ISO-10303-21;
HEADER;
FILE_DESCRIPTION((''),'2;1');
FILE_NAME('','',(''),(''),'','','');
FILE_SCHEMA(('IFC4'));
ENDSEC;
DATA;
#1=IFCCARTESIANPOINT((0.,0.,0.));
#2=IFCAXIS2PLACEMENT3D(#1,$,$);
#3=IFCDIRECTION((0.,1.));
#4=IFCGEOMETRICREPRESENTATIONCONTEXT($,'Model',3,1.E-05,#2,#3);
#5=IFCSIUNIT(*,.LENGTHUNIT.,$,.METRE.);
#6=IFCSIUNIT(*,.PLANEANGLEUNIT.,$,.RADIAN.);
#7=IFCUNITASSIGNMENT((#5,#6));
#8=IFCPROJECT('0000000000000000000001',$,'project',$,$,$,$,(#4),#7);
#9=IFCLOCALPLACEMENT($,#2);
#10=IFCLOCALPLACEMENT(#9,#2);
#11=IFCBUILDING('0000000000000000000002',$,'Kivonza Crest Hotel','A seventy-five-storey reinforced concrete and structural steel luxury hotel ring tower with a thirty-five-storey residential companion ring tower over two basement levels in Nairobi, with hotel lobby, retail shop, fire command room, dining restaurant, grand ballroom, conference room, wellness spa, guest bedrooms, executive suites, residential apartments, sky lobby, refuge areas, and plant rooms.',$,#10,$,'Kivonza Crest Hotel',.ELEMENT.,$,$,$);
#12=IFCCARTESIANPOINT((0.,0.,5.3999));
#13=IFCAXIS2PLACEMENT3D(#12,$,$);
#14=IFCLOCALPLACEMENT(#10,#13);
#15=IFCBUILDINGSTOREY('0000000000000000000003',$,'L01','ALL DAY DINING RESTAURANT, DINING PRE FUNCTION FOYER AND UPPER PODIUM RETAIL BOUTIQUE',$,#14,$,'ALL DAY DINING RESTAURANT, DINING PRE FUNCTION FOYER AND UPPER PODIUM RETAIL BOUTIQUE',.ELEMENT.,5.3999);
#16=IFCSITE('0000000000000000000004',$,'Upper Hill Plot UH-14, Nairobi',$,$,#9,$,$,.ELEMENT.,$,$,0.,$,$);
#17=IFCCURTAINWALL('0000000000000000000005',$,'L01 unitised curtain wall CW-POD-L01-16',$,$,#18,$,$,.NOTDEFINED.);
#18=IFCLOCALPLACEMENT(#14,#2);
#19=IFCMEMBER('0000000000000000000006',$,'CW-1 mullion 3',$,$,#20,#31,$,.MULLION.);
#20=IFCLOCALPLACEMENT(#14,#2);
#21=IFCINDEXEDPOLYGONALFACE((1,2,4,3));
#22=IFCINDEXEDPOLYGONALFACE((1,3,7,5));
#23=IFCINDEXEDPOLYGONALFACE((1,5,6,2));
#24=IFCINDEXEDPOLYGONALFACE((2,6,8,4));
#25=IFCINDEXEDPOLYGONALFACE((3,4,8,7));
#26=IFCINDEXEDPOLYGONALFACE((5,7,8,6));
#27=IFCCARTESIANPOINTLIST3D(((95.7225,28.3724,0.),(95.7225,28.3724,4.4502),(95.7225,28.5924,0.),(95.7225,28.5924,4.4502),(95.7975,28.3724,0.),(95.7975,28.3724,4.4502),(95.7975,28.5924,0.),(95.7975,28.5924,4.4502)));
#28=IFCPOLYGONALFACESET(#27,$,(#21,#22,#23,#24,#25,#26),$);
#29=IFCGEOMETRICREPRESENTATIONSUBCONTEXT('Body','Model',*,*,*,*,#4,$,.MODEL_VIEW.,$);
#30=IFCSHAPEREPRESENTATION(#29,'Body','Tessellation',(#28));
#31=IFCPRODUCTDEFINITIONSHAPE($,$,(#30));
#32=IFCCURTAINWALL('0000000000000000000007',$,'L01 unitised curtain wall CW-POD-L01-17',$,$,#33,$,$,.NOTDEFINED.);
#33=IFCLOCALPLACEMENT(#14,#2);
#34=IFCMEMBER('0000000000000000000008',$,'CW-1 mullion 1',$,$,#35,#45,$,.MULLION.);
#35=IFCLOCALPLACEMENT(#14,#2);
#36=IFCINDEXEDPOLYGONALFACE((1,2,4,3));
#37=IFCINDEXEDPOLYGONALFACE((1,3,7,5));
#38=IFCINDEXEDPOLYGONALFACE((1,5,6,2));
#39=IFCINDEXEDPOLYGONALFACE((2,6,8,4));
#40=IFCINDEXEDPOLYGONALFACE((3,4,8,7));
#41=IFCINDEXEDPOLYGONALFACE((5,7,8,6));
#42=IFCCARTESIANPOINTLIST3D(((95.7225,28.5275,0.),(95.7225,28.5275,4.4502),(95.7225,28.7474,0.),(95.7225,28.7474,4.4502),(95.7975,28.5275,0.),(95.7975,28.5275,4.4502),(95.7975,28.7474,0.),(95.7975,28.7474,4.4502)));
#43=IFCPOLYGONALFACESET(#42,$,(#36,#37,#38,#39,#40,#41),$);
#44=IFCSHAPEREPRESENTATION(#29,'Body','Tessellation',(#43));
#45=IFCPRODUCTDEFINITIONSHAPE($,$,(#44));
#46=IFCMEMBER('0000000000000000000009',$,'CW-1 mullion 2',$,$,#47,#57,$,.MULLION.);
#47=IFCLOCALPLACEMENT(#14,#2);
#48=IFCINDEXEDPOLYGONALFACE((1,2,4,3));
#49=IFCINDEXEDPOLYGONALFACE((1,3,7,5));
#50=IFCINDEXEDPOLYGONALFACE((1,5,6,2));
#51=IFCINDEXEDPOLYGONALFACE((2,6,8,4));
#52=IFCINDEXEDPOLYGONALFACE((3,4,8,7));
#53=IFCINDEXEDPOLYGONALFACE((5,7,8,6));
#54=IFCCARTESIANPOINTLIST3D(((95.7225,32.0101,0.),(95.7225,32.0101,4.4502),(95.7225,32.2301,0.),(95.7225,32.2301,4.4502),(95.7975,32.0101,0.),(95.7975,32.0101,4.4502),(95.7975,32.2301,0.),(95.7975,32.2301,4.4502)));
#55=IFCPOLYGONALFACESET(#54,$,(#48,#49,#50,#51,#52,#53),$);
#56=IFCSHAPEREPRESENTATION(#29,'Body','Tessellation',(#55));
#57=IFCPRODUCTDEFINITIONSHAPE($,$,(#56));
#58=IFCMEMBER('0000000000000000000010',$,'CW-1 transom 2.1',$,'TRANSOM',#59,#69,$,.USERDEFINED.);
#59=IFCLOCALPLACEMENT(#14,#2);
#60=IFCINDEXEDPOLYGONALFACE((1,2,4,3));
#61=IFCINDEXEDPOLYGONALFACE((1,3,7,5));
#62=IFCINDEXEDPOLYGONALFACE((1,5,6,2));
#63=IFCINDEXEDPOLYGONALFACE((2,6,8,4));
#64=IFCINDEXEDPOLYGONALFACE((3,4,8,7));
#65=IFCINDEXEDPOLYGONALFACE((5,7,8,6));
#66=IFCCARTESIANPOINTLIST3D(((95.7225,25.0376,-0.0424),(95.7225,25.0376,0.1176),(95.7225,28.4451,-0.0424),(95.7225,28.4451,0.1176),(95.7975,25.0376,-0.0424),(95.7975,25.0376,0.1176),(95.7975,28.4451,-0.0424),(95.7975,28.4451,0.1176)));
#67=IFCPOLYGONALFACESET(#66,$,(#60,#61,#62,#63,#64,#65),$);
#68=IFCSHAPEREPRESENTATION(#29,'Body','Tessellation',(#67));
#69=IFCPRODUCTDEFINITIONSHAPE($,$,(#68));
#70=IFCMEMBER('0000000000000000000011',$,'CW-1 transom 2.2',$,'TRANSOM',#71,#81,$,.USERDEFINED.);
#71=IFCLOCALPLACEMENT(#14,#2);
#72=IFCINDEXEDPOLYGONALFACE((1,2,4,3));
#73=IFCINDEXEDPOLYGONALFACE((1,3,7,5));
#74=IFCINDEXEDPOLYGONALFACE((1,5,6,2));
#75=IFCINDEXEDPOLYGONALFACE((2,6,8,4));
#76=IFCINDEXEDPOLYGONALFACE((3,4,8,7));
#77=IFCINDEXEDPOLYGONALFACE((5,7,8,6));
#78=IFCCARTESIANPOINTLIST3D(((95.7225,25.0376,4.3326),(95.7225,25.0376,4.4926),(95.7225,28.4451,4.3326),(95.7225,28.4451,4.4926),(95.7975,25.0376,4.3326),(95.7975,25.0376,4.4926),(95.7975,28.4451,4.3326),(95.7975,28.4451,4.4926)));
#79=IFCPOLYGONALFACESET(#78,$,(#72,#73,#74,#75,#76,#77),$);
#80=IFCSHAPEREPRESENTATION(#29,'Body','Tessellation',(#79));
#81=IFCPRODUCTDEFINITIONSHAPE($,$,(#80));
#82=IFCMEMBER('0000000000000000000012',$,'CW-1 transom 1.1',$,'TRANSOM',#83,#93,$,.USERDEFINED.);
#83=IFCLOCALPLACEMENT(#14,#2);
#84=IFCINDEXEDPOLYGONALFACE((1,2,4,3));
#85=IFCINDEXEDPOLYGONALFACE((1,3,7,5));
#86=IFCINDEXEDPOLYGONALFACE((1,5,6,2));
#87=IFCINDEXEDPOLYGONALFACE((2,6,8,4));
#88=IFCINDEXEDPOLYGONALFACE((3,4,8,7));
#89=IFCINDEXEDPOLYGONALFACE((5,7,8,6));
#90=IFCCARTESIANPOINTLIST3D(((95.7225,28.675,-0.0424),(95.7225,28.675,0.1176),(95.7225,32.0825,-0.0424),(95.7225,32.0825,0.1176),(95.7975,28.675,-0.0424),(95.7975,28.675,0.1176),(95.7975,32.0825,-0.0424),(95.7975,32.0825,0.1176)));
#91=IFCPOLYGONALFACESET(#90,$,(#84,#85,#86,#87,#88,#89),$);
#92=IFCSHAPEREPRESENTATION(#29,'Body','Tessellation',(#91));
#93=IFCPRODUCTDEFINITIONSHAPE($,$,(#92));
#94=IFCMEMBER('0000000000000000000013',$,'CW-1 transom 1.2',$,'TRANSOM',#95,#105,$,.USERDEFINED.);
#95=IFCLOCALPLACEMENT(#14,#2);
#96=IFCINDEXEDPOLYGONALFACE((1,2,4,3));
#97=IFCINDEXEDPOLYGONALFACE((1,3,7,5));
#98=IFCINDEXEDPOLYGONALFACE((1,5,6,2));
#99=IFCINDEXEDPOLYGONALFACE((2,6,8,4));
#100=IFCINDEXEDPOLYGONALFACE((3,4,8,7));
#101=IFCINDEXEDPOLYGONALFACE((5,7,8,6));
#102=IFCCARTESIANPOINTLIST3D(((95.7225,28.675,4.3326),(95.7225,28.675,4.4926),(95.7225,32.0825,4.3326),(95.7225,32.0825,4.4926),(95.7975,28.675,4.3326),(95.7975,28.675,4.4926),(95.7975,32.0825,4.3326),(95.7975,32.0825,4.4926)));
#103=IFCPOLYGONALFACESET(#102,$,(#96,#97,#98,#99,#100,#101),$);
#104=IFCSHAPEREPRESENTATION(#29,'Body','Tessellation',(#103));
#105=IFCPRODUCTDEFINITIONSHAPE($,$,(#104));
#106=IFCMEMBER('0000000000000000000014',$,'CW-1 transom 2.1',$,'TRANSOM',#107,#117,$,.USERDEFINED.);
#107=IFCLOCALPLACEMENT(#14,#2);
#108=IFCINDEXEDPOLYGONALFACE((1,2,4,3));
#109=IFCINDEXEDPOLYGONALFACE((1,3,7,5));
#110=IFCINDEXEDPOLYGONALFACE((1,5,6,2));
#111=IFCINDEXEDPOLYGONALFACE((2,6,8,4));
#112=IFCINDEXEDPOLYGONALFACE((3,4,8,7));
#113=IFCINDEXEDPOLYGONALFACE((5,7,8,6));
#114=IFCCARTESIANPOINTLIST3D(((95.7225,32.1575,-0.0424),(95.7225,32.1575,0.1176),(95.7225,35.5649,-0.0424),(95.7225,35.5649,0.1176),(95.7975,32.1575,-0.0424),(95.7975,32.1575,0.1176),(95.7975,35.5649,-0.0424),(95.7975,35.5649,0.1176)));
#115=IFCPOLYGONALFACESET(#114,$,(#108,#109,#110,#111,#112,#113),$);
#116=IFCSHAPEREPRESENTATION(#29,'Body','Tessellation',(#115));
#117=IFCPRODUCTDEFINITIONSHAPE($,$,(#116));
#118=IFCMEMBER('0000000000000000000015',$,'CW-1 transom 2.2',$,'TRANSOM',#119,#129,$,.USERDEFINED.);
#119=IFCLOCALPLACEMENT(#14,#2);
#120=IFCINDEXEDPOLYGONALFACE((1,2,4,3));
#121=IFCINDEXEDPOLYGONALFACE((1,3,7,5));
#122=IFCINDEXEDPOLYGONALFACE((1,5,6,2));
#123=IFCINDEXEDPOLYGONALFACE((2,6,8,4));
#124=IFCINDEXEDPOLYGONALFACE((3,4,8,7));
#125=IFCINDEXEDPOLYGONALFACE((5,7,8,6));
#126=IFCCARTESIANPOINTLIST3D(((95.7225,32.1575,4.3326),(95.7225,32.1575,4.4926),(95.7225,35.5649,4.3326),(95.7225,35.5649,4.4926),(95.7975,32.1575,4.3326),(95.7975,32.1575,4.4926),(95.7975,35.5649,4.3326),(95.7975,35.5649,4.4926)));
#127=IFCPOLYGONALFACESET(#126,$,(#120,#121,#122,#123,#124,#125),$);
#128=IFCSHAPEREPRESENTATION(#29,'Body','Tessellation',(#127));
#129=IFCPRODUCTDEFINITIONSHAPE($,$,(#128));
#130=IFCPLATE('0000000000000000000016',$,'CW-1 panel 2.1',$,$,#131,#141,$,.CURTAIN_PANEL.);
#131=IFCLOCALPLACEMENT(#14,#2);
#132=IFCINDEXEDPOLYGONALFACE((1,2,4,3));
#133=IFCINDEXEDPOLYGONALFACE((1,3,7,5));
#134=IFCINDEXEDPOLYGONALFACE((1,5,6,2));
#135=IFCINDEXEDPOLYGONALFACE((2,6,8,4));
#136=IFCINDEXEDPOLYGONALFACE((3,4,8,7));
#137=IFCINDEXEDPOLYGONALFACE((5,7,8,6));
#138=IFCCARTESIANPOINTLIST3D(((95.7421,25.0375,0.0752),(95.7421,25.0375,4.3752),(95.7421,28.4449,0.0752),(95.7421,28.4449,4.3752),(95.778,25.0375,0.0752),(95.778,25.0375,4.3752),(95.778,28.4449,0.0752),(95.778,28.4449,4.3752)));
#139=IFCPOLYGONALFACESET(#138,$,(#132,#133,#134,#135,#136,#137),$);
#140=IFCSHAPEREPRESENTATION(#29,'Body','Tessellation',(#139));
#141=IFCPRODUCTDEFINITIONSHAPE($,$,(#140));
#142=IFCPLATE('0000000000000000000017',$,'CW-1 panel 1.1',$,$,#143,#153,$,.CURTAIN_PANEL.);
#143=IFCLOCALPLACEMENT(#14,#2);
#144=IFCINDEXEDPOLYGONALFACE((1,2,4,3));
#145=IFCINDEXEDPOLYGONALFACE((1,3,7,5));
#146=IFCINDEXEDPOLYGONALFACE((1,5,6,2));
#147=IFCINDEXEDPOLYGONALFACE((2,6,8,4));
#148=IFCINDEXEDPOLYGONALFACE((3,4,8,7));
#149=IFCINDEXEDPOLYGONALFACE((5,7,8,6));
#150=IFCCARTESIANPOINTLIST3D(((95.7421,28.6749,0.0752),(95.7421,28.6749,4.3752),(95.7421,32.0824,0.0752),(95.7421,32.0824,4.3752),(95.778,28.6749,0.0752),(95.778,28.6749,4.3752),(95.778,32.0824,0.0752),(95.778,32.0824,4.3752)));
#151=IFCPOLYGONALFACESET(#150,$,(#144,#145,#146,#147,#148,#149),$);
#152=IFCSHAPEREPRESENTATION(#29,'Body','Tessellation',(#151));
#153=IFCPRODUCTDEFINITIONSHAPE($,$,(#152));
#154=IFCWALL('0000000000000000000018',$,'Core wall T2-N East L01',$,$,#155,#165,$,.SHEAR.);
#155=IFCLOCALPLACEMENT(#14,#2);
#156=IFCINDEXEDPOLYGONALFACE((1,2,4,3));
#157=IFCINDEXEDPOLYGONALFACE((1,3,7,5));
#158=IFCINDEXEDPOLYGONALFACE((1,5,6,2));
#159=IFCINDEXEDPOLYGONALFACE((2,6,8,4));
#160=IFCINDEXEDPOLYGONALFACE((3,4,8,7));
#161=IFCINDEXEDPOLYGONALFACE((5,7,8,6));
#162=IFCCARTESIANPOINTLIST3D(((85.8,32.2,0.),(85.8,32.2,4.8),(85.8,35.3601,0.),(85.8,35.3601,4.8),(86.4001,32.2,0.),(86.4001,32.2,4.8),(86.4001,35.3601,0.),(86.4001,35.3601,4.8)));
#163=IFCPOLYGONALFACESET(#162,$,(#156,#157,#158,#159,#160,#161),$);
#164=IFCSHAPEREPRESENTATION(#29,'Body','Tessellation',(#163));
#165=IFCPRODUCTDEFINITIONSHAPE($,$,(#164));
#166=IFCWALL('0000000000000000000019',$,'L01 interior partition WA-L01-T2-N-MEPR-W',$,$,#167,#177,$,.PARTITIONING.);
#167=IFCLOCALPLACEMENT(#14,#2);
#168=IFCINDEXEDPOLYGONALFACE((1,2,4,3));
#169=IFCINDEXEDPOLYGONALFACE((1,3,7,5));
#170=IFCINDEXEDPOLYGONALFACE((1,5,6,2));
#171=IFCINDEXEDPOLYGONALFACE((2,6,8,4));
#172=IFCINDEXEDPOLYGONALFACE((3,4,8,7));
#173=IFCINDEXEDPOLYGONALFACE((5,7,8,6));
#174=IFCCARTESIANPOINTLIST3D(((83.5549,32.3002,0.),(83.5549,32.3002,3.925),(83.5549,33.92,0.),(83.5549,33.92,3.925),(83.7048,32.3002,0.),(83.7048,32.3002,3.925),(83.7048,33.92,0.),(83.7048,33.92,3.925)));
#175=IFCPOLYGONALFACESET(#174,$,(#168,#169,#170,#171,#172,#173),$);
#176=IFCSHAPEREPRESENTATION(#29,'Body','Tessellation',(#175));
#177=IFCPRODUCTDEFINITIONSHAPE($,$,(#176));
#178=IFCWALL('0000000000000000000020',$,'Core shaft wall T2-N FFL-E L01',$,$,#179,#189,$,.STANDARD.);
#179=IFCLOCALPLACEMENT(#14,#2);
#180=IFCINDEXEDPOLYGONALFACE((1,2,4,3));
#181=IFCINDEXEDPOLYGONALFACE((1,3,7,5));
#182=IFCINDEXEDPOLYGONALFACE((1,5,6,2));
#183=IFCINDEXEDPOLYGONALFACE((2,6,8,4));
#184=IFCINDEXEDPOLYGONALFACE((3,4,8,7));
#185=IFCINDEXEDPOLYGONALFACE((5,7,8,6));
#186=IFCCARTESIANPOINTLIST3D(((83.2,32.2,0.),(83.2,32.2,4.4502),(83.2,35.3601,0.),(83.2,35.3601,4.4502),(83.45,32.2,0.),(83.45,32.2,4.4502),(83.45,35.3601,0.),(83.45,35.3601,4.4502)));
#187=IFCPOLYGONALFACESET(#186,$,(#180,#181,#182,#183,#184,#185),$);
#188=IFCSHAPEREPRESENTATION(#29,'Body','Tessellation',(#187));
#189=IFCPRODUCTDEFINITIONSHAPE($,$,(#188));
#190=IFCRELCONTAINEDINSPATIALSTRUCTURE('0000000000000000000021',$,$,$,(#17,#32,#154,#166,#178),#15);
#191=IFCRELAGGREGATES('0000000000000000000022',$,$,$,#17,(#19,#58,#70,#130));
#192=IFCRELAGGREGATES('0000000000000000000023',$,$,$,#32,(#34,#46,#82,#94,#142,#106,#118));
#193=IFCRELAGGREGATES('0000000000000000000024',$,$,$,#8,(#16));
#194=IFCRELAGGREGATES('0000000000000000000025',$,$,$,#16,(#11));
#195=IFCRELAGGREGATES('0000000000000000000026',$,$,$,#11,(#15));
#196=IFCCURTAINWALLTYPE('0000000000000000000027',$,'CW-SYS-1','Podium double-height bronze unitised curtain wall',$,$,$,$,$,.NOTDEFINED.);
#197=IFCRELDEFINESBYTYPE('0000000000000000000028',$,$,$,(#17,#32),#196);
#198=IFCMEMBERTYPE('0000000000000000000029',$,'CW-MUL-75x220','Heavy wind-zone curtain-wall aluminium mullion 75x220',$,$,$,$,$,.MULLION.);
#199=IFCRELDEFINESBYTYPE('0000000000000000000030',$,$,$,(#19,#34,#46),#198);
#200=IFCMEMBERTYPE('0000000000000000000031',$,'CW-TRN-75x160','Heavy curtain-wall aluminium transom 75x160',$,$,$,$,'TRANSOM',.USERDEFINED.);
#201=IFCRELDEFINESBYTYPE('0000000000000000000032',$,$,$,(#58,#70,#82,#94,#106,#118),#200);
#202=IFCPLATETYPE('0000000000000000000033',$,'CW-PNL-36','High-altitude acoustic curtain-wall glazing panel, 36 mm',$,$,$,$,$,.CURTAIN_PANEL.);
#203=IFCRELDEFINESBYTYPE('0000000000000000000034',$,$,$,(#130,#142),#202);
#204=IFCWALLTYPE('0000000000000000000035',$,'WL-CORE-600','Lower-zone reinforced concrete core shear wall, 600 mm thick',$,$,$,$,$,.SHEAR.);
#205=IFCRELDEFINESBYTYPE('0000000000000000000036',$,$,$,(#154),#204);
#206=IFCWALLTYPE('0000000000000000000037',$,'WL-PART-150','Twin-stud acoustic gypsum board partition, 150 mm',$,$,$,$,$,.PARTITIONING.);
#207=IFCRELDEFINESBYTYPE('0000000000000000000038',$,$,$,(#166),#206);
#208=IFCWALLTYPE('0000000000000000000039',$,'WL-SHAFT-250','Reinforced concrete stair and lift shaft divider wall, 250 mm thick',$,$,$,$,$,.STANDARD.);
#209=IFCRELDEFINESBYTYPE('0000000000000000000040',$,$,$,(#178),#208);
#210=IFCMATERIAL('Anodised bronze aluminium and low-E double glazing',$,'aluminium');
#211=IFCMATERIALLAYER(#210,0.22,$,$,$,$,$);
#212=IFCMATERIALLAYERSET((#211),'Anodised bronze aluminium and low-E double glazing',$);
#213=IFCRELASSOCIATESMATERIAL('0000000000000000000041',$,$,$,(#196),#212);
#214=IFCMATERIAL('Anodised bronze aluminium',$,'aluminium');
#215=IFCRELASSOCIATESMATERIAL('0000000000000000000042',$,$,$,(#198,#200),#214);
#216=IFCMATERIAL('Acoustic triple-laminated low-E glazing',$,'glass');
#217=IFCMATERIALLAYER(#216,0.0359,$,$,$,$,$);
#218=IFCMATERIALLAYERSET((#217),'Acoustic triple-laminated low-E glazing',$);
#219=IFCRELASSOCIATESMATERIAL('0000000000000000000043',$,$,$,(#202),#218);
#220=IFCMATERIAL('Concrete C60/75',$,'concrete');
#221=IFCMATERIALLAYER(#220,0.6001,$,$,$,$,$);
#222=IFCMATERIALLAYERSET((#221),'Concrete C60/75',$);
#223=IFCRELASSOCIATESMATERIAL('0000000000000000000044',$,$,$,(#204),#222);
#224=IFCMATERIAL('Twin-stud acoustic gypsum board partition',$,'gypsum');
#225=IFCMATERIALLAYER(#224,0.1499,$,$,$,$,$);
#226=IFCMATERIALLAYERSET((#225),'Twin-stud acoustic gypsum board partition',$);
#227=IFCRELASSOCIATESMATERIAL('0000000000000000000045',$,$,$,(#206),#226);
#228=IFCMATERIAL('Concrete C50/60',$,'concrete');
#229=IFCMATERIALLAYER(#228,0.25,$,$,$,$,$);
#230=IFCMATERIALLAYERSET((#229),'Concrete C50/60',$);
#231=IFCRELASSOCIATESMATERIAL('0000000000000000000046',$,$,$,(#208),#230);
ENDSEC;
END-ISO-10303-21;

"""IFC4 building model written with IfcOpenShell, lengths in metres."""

from ifc_helpers import new_model, si_unit, direction, frame, frame_2d, origin, origin_2d, place, context, subcontext, project, spatial, rectangle, extrude, material, layer, layer_set, material_profile, profile_set, type_object, element, aggregate, save


model = new_model("IFC4")

# Units and contexts
model_context = context("Model", 3, precision=1e-05, world=origin(), true_north=direction((0.0, 1.0)))
body_context = subcontext(model_context, "Body", "Model", "MODEL_VIEW")
ifc_project = project(units=[si_unit("LENGTHUNIT", "METRE"), si_unit("PLANEANGLEUNIT", "RADIAN")], contexts=[model_context])

# Site, building, storey
site_placement = place(None, origin())
site = spatial("IfcSite", under=ifc_project, at=site_placement, Name="Upper Hill Plot UH-14, Nairobi", CompositionType="ELEMENT", RefElevation=0.0)
building_placement = place(site_placement, origin())
building = spatial("IfcBuilding", under=site, at=building_placement, Name="Kivonza Crest Hotel", Description="A seventy-five-storey reinforced concrete and structural steel luxury hotel ring tower with a thirty-five-storey residential companion ring tower over two basement levels in Nairobi, with hotel lobby, retail shop, fire command room, dining restaurant, grand ballroom, conference room, wellness spa, guest bedrooms, executive suites, residential apartments, sky lobby, refuge areas, and plant rooms.", LongName="Kivonza Crest Hotel", CompositionType="ELEMENT")
storey_placement = place(building_placement, frame((0.0, 0.0, 5.3999)))
storey = spatial("IfcBuildingStorey", under=building, at=storey_placement, Name="L01", Description="ALL DAY DINING RESTAURANT, DINING PRE FUNCTION FOYER AND UPPER PODIUM RETAIL BOUTIQUE", LongName="ALL DAY DINING RESTAURANT, DINING PRE FUNCTION FOYER AND UPPER PODIUM RETAIL BOUTIQUE", CompositionType="ELEMENT", Elevation=5.3999)

# Shared definitions
ifc_material_1 = material(Name="Concrete C60/75", Category="concrete")

# Curtain walls, members
ifc_material_2 = material(Name="Anodised bronze aluminium and low-E double glazing", Category="aluminium")
ifc_layer_1 = layer(ifc_material_2, 0.22)
ifc_layer_set_1 = layer_set([ifc_layer_1], Name="Anodised bronze aluminium and low-E double glazing")
curtain_wall_type = type_object("IfcCurtainWallType", Name="CW-SYS-1", Description="Podium double-height bronze unitised curtain wall", PredefinedType="NOTDEFINED", material=ifc_layer_set_1)
curtain_wall_1_placement = place(storey_placement, origin())
curtain_wall_1 = element("IfcCurtainWall", 1, at=curtain_wall_1_placement, inside=storey, type_object=curtain_wall_type, Name="L01 unitised curtain wall CW-POD-L01-16", PredefinedType="NOTDEFINED")
ifc_material_3 = material(Name="Anodised bronze aluminium", Category="aluminium")
ifc_material_profile_1 = material_profile(ifc_material_3, rectangle(XDim=0.075, YDim=0.22, at=origin_2d()), Name="CW-M 75x220")
ifc_profile_set_1 = profile_set([ifc_material_profile_1], Name="Anodised bronze aluminium")
member_type_1 = type_object("IfcMemberType", Name="CW-MUL-75x220", Description="Heavy wind-zone curtain-wall aluminium mullion 75x220", PredefinedType="MULLION", material=ifc_profile_set_1)
member_1_placement = place(storey_placement, frame((95.76, 28.4824, 0.0), z_axis=(0.0, 0.0, 1.0), x_axis=(-1.0, 0.0, 0.0)))
member_1 = element("IfcMember", 2, at=member_1_placement, type_object=member_type_1, Name="CW-1 mullion 3", PredefinedType="MULLION", context=body_context, shape_type="SweptSolid", body=[
    extrude(rectangle(XDim=0.075, YDim=0.22, at=origin_2d()), origin(), (0.0, 0.0, 1.0), 4.4502),
])
curtain_wall_2_placement = place(storey_placement, origin())
curtain_wall_2 = element("IfcCurtainWall", 3, at=curtain_wall_2_placement, inside=storey, type_object=curtain_wall_type, Name="L01 unitised curtain wall CW-POD-L01-17", PredefinedType="NOTDEFINED")
member_2_placement = place(storey_placement, frame((95.76, 28.6375, 0.0), z_axis=(0.0, 0.0, 1.0), x_axis=(-1.0, 0.0, 0.0)))
member_2 = element("IfcMember", 4, at=member_2_placement, type_object=member_type_1, Name="CW-1 mullion 1", PredefinedType="MULLION", context=body_context, shape_type="SweptSolid", body=[
    extrude(rectangle(XDim=0.075, YDim=0.22, at=origin_2d()), origin(), (0.0, 0.0, 1.0), 4.4502),
])
member_3_placement = place(storey_placement, frame((95.76, 32.1201, 0.0), z_axis=(0.0, 0.0, 1.0), x_axis=(-1.0, 0.0, 0.0)))
member_3 = element("IfcMember", 5, at=member_3_placement, type_object=member_type_1, Name="CW-1 mullion 2", PredefinedType="MULLION", context=body_context, shape_type="SweptSolid", body=[
    extrude(rectangle(XDim=0.075, YDim=0.22, at=origin_2d()), origin(), (0.0, 0.0, 1.0), 4.4502),
])

# Members
ifc_material_profile_2 = material_profile(ifc_material_3, rectangle(XDim=0.075, YDim=0.1599, at=origin_2d()), Name="CW-T 75x160")
ifc_profile_set_2 = profile_set([ifc_material_profile_2], Name="Anodised bronze aluminium")
member_type_2 = type_object("IfcMemberType", Name="CW-TRN-75x160", Description="Heavy curtain-wall aluminium transom 75x160", ElementType="TRANSOM", PredefinedType="USERDEFINED", material=ifc_profile_set_2)
member_4_placement = place(storey_placement, frame((95.76, 25.0376, 0.0376), z_axis=(0.0, 1.0, 0.0), x_axis=(-1.0, 0.0, 0.0)))
member_4 = element("IfcMember", 6, at=member_4_placement, type_object=member_type_2, Name="CW-1 transom 2.1", ObjectType="TRANSOM", PredefinedType="USERDEFINED", context=body_context, shape_type="SweptSolid", body=[
    extrude(rectangle(XDim=0.075, YDim=0.1599, at=origin_2d()), origin(), (0.0, 0.0, 1.0), 3.4075),
])
member_5_placement = place(storey_placement, frame((95.76, 25.0376, 4.4126), z_axis=(0.0, 1.0, 0.0), x_axis=(-1.0, 0.0, 0.0)))
member_5 = element("IfcMember", 7, at=member_5_placement, type_object=member_type_2, Name="CW-1 transom 2.2", ObjectType="TRANSOM", PredefinedType="USERDEFINED", context=body_context, shape_type="SweptSolid", body=[
    extrude(rectangle(XDim=0.075, YDim=0.1599, at=origin_2d()), origin(), (0.0, 0.0, 1.0), 3.4075),
])
member_6_placement = place(storey_placement, frame((95.76, 28.675, 0.0376), z_axis=(0.0, 1.0, 0.0), x_axis=(-1.0, 0.0, 0.0)))
member_6 = element("IfcMember", 8, at=member_6_placement, type_object=member_type_2, Name="CW-1 transom 1.1", ObjectType="TRANSOM", PredefinedType="USERDEFINED", context=body_context, shape_type="SweptSolid", body=[
    extrude(rectangle(XDim=0.075, YDim=0.1599, at=origin_2d()), origin(), (0.0, 0.0, 1.0), 3.4075),
])
member_7_placement = place(storey_placement, frame((95.76, 28.675, 4.4126), z_axis=(0.0, 1.0, 0.0), x_axis=(-1.0, 0.0, 0.0)))
member_7 = element("IfcMember", 9, at=member_7_placement, type_object=member_type_2, Name="CW-1 transom 1.2", ObjectType="TRANSOM", PredefinedType="USERDEFINED", context=body_context, shape_type="SweptSolid", body=[
    extrude(rectangle(XDim=0.075, YDim=0.1599, at=origin_2d()), origin(), (0.0, 0.0, 1.0), 3.4075),
])
member_8_placement = place(storey_placement, frame((95.76, 32.1575, 0.0376), z_axis=(0.0, 1.0, 0.0), x_axis=(-1.0, 0.0, 0.0)))
member_8 = element("IfcMember", 10, at=member_8_placement, type_object=member_type_2, Name="CW-1 transom 2.1", ObjectType="TRANSOM", PredefinedType="USERDEFINED", context=body_context, shape_type="SweptSolid", body=[
    extrude(rectangle(XDim=0.075, YDim=0.1599, at=origin_2d()), origin(), (0.0, 0.0, 1.0), 3.4075),
])
member_9_placement = place(storey_placement, frame((95.76, 32.1575, 4.4126), z_axis=(0.0, 1.0, 0.0), x_axis=(-1.0, 0.0, 0.0)))
member_9 = element("IfcMember", 11, at=member_9_placement, type_object=member_type_2, Name="CW-1 transom 2.2", ObjectType="TRANSOM", PredefinedType="USERDEFINED", context=body_context, shape_type="SweptSolid", body=[
    extrude(rectangle(XDim=0.075, YDim=0.1599, at=origin_2d()), origin(), (0.0, 0.0, 1.0), 3.4075),
])

# Plates
ifc_material_4 = material(Name="Acoustic triple-laminated low-E glazing", Category="glass")
ifc_layer_2 = layer(ifc_material_4, 0.0359)
ifc_layer_set_2 = layer_set([ifc_layer_2], Name="Acoustic triple-laminated low-E glazing")
plate_type = type_object("IfcPlateType", Name="CW-PNL-36", Description="High-altitude acoustic curtain-wall glazing panel, 36 mm", PredefinedType="CURTAIN_PANEL", material=ifc_layer_set_2)
plate_1_placement = place(storey_placement, frame((95.76, 26.7412, 0.0752), z_axis=(0.0, 0.0, 1.0), x_axis=(0.0, 1.0, 0.0)))
plate_1 = element("IfcPlate", 12, at=plate_1_placement, type_object=plate_type, Name="CW-1 panel 2.1", PredefinedType="CURTAIN_PANEL", context=body_context, shape_type="SweptSolid", body=[
    extrude(rectangle(XDim=3.4075, YDim=0.0359, at=origin_2d()), origin(), (0.0, 0.0, 1.0), 4.3),
])
aggregate(curtain_wall_1, [member_1, member_4, member_5, plate_1])
plate_2_placement = place(storey_placement, frame((95.76, 30.3787, 0.0752), z_axis=(0.0, 0.0, 1.0), x_axis=(0.0, 1.0, 0.0)))
plate_2 = element("IfcPlate", 13, at=plate_2_placement, type_object=plate_type, Name="CW-1 panel 1.1", PredefinedType="CURTAIN_PANEL", context=body_context, shape_type="SweptSolid", body=[
    extrude(rectangle(XDim=3.4075, YDim=0.0359, at=origin_2d()), origin(), (0.0, 0.0, 1.0), 4.3),
])
aggregate(curtain_wall_2, [member_2, member_3, member_6, member_7, plate_2, member_8, member_9])

# Walls
ifc_layer_3 = layer(ifc_material_1, 0.6001)
ifc_layer_set_3 = layer_set([ifc_layer_3], Name="Concrete C60/75")
wall_type_1 = type_object("IfcWallType", Name="WL-CORE-600", Description="Lower-zone reinforced concrete core shear wall, 600 mm thick", PredefinedType="SHEAR", material=ifc_layer_set_3)
wall_1_placement = place(storey_placement, frame((86.1001, 32.2, 0.0), z_axis=(0.0, 0.0, 1.0), x_axis=(0.0, 1.0, 0.0)))
element("IfcWall", 14, at=wall_1_placement, inside=storey, type_object=wall_type_1, Name="Core wall T2-N East L01", PredefinedType="SHEAR", context=body_context, shape_type="SweptSolid", body=[
    extrude(rectangle(XDim=3.1602, YDim=0.6001, at=frame_2d((1.5801, 0.0))), origin(), (0.0, 0.0, 1.0), 4.8),
])
ifc_material_5 = material(Name="Twin-stud acoustic gypsum board partition", Category="gypsum")
ifc_layer_4 = layer(ifc_material_5, 0.1499)
ifc_layer_set_4 = layer_set([ifc_layer_4], Name="Twin-stud acoustic gypsum board partition")
wall_type_2 = type_object("IfcWallType", Name="WL-PART-150", Description="Twin-stud acoustic gypsum board partition, 150 mm", PredefinedType="PARTITIONING", material=ifc_layer_set_4)
wall_2_placement = place(storey_placement, frame((83.6299, 32.3, 0.0), z_axis=(0.0, 0.0, 1.0), x_axis=(0.0, 1.0, 0.0)))
element("IfcWall", 15, at=wall_2_placement, inside=storey, type_object=wall_type_2, Name="L01 interior partition WA-L01-T2-N-MEPR-W", PredefinedType="PARTITIONING", context=body_context, shape_type="SweptSolid", body=[
    extrude(rectangle(XDim=1.6199, YDim=0.1499, at=frame_2d((0.8101, 0.0))), origin(), (0.0, 0.0, 1.0), 3.925),
])

# Shared definitions
ifc_material_6 = material(Name="Concrete C50/60", Category="concrete")
ifc_layer_5 = layer(ifc_material_6, 0.25)
ifc_layer_set_5 = layer_set([ifc_layer_5], Name="Concrete C50/60")
wall_type_3 = type_object("IfcWallType", Name="WL-SHAFT-250", Description="Reinforced concrete stair and lift shaft divider wall, 250 mm thick", PredefinedType="STANDARD", material=ifc_layer_set_5)

# Wall
wall_3_placement = place(storey_placement, frame((83.325, 32.2, 0.0), z_axis=(0.0, 0.0, 1.0), x_axis=(0.0, 1.0, 0.0)))
element("IfcWall", 16, at=wall_3_placement, inside=storey, type_object=wall_type_3, Name="Core shaft wall T2-N FFL-E L01", PredefinedType="STANDARD", context=body_context, shape_type="SweptSolid", body=[
    extrude(rectangle(XDim=3.1602, YDim=0.25, at=frame_2d((1.5801, 0.0))), origin(), (0.0, 0.0, 1.0), 4.4502),
])

save(model, "model.ifc")
